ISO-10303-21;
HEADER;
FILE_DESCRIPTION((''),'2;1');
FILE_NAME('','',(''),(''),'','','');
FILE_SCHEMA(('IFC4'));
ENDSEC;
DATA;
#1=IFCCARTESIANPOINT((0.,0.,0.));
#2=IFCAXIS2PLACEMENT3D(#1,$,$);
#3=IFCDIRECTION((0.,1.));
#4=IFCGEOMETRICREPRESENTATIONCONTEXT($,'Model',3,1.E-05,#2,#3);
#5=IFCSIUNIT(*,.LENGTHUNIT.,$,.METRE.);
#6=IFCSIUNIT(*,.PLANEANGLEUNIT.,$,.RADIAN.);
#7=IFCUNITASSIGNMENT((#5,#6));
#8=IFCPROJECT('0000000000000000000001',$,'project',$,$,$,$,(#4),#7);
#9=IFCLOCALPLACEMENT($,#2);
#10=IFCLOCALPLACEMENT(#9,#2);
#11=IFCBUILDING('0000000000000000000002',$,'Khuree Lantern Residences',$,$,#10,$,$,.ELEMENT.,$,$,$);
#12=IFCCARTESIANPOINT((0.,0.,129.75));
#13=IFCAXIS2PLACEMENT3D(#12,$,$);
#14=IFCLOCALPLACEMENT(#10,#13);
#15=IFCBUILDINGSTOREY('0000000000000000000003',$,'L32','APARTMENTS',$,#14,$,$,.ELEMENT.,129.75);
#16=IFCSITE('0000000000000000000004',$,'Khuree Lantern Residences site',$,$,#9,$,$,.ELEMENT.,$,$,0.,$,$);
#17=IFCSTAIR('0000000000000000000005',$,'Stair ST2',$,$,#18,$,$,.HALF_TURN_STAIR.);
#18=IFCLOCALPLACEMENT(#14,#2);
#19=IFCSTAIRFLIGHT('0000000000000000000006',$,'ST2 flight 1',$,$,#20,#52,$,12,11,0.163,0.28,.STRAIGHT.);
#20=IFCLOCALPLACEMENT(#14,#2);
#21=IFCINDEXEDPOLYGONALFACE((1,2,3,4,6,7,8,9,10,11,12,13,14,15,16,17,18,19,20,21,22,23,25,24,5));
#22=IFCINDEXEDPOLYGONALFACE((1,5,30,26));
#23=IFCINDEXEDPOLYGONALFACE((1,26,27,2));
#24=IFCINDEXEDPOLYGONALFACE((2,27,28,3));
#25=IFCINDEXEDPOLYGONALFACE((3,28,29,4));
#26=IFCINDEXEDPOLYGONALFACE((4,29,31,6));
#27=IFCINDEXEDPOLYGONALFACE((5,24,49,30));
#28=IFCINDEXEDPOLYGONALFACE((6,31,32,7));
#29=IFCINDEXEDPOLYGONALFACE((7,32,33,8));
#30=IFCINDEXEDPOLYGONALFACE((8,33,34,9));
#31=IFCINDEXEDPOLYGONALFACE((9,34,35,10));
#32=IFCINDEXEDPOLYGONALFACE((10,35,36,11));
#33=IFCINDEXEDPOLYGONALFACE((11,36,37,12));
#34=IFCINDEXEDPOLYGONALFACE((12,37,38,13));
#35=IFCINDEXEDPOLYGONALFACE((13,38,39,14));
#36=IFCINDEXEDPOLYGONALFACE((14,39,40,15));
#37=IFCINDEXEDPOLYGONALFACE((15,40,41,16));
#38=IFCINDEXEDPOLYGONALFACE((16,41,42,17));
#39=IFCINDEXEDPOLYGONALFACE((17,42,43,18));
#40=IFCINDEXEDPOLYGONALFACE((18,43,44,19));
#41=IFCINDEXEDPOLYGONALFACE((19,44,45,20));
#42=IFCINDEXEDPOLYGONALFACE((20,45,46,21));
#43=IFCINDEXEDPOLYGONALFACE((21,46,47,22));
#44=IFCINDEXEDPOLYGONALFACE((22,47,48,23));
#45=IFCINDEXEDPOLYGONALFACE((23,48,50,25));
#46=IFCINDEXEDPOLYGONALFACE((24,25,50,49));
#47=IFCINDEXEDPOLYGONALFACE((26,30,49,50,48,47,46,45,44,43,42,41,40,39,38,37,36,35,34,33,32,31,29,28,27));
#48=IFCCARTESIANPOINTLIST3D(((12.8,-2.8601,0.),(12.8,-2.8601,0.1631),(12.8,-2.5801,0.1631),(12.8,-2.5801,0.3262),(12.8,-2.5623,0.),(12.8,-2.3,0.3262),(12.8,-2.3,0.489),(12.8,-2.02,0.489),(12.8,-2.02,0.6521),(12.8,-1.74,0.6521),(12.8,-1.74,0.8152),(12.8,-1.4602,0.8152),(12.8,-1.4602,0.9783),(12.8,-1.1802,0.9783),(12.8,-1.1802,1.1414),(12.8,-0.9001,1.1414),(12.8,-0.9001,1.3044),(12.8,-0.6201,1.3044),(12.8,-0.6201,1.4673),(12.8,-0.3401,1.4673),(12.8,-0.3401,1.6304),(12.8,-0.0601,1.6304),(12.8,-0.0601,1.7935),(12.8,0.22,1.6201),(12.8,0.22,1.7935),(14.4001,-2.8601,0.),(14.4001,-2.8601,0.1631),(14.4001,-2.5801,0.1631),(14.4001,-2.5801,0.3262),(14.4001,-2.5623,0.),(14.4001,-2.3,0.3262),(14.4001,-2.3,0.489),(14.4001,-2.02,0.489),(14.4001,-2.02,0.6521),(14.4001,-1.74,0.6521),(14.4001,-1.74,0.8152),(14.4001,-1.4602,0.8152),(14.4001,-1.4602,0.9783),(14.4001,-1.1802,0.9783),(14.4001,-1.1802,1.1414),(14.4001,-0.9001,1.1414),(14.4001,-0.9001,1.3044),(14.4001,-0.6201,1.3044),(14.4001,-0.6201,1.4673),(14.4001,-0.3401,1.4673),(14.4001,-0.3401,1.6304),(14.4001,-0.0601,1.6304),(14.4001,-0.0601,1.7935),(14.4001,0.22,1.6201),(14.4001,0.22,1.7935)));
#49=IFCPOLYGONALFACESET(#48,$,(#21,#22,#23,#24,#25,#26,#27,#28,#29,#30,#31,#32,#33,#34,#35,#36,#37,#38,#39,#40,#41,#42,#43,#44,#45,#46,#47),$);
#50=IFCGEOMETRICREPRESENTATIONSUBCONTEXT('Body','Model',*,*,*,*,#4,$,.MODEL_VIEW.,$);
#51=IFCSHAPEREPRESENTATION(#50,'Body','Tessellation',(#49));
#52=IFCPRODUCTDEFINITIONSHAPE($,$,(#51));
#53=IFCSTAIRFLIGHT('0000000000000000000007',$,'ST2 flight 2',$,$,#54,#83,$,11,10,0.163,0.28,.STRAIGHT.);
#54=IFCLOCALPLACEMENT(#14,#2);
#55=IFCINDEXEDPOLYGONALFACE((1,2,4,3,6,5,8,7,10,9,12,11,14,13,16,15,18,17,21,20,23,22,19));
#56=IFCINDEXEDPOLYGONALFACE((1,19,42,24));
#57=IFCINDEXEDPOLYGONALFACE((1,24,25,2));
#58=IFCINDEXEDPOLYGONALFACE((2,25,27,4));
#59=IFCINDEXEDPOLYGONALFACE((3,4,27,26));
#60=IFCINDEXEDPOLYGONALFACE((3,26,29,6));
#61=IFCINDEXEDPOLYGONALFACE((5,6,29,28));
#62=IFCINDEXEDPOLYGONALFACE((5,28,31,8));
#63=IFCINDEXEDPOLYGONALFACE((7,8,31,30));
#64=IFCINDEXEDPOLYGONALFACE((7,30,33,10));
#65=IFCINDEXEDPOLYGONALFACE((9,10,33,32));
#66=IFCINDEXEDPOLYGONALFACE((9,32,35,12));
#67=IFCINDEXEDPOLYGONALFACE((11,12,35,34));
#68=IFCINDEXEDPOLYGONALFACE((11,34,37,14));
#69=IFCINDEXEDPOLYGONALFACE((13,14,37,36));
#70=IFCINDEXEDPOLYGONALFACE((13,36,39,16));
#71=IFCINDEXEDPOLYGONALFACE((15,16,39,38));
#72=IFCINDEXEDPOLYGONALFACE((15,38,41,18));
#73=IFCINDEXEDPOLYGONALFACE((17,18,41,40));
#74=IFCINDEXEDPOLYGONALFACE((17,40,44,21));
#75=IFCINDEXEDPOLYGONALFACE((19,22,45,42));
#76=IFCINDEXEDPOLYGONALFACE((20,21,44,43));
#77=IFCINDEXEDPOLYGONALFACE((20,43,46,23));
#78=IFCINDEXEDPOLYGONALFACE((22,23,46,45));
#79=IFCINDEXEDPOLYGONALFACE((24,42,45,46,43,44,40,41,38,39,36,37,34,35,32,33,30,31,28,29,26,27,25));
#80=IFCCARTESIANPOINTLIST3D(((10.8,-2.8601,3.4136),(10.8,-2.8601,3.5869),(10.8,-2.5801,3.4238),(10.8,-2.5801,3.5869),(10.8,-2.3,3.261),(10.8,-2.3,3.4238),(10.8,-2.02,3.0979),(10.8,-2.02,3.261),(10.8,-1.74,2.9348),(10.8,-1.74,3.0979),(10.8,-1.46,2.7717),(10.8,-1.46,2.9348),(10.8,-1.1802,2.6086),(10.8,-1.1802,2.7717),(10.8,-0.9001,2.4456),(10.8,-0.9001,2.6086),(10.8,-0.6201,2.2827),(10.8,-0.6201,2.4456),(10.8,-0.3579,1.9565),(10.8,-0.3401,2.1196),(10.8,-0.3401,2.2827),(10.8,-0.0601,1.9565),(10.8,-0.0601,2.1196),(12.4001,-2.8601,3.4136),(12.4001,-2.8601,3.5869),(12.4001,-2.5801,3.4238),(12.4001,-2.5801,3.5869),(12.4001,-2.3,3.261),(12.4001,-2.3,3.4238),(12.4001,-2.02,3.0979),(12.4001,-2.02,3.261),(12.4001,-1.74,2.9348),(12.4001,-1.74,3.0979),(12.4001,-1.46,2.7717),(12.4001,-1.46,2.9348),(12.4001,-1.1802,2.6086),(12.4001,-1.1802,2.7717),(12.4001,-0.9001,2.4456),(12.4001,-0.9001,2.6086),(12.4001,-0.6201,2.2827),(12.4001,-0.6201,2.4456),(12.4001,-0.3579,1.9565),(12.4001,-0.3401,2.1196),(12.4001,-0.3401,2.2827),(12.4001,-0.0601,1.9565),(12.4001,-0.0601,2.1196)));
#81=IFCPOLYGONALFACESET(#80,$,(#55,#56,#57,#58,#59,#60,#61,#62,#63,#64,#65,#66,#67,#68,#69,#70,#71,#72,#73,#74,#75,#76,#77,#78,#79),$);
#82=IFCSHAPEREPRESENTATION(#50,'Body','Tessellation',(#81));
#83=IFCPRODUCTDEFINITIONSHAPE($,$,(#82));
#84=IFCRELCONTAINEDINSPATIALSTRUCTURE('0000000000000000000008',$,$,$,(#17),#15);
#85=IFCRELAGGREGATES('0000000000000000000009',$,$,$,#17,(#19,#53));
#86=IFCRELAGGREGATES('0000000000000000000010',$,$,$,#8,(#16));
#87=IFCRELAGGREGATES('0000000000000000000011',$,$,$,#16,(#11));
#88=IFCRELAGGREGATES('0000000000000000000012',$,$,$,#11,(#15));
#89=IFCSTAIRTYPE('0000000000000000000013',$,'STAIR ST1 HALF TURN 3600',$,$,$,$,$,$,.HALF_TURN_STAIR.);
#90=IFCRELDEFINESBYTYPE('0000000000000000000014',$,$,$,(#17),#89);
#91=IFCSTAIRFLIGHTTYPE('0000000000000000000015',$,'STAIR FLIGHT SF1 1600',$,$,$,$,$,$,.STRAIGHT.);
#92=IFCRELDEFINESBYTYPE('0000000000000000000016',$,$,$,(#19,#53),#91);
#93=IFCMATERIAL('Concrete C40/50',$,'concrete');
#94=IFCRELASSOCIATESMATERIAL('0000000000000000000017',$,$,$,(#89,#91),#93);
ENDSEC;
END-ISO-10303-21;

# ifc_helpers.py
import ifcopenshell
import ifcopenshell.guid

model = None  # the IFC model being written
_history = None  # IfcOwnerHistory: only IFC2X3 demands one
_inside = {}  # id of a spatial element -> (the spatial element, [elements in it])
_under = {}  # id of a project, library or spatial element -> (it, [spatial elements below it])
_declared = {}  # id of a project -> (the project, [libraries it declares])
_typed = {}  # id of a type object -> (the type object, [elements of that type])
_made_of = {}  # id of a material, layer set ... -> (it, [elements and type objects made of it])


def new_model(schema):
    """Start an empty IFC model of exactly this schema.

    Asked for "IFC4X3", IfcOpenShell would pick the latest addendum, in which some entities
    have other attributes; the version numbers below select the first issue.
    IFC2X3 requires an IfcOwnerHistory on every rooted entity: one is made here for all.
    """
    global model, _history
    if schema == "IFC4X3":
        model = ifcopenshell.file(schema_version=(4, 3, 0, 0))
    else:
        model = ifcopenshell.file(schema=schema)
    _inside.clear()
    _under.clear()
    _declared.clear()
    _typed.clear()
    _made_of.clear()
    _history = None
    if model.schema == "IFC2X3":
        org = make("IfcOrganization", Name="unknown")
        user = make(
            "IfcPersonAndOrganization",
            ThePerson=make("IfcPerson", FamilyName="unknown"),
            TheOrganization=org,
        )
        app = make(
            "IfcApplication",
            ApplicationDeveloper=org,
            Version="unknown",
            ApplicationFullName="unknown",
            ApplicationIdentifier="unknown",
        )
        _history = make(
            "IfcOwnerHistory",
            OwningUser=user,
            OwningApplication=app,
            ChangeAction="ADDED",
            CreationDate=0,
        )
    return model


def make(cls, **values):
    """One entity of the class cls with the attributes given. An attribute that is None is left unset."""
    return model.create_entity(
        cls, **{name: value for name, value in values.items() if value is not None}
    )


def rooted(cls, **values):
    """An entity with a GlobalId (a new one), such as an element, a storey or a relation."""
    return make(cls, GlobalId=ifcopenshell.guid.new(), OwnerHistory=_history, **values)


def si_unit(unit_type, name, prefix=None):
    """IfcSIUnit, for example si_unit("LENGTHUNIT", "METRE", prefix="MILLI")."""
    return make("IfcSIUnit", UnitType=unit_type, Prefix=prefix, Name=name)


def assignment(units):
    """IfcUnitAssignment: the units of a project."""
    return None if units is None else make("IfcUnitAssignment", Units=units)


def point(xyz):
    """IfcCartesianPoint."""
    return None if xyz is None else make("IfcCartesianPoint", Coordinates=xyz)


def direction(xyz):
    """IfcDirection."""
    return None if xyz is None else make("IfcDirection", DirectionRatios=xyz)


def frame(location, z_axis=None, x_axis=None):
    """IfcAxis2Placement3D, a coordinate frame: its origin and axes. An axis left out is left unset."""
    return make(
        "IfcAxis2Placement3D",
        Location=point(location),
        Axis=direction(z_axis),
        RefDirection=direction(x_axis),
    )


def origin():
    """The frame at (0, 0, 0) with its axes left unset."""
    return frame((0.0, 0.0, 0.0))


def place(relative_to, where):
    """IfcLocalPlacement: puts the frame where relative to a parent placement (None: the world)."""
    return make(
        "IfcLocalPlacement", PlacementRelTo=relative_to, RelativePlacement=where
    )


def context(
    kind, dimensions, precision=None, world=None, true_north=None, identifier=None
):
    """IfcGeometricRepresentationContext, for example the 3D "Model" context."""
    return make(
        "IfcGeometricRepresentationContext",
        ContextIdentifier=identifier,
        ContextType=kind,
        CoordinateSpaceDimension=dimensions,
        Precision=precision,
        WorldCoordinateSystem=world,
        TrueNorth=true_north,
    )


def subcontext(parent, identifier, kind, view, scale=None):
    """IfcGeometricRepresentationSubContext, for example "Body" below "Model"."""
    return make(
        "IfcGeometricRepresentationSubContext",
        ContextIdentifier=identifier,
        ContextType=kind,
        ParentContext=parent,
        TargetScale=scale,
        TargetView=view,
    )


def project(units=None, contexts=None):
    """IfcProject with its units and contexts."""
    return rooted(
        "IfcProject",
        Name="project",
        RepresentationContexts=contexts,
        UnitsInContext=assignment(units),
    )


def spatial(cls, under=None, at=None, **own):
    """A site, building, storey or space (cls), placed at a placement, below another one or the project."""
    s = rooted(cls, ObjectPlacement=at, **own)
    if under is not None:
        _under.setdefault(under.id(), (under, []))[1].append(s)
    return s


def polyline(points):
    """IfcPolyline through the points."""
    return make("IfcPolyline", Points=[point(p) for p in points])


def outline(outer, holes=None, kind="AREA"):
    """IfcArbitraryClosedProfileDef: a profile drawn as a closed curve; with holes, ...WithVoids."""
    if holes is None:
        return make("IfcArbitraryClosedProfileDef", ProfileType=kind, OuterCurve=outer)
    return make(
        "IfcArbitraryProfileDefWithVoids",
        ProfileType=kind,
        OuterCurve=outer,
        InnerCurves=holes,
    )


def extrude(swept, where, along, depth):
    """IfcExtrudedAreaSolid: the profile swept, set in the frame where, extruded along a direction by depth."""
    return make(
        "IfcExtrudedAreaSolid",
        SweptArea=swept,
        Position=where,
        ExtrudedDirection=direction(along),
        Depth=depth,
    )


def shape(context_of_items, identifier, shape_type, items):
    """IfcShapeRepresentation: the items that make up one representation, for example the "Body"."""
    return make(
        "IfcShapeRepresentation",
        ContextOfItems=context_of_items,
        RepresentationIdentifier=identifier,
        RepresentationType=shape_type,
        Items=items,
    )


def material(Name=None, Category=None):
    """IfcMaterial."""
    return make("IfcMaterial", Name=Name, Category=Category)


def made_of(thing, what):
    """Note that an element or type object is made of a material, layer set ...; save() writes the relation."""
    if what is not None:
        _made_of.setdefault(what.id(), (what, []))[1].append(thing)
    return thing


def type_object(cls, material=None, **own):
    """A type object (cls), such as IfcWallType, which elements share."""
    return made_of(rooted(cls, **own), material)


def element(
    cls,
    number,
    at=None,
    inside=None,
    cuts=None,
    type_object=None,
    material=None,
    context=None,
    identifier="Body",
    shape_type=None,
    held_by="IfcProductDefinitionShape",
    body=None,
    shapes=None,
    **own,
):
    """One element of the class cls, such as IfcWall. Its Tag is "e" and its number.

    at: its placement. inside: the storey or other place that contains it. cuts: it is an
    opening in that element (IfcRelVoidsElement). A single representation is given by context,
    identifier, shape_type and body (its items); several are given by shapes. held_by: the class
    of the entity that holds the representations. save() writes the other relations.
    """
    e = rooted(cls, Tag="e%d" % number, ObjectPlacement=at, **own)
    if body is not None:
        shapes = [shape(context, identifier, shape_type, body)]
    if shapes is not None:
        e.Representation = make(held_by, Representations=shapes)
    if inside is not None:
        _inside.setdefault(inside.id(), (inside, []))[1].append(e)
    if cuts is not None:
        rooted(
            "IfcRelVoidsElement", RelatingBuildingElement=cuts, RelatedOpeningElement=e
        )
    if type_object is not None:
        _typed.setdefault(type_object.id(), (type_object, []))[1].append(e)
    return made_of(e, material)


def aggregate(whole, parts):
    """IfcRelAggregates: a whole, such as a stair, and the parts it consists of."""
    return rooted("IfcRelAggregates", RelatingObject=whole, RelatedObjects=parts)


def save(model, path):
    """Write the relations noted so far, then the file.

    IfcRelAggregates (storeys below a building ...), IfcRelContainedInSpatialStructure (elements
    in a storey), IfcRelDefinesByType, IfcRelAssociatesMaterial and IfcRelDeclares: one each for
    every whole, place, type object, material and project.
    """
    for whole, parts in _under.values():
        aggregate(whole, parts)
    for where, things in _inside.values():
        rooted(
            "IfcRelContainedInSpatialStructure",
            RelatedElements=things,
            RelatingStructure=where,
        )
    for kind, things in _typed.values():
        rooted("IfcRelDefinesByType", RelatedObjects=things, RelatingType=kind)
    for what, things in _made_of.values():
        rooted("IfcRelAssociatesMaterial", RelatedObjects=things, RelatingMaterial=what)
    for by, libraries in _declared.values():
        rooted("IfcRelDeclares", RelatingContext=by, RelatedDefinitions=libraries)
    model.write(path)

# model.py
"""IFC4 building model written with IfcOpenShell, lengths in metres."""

from ifc_helpers import new_model, si_unit, direction, frame, origin, place, context, subcontext, project, spatial, polyline, outline, extrude, material, type_object, element, aggregate, save


model = new_model("IFC4")

# Units and contexts
model_context = context("Model", 3, precision=1e-05, world=origin(), true_north=direction((0.0, 1.0)))
body_context = subcontext(model_context, "Body", "Model", "MODEL_VIEW")
ifc_project = project(units=[si_unit("LENGTHUNIT", "METRE"), si_unit("PLANEANGLEUNIT", "RADIAN")], contexts=[model_context])

# Site, building, storey
site_placement = place(None, origin())
site = spatial("IfcSite", under=ifc_project, at=site_placement, Name="Khuree Lantern Residences site", CompositionType="ELEMENT", RefElevation=0.0)
building_placement = place(site_placement, origin())
building = spatial("IfcBuilding", under=site, at=building_placement, Name="Khuree Lantern Residences", CompositionType="ELEMENT")
storey_placement = place(building_placement, frame((0.0, 0.0, 129.75)))
storey = spatial("IfcBuildingStorey", under=building, at=storey_placement, Name="L32", Description="APARTMENTS", CompositionType="ELEMENT", Elevation=129.75)

# Stair
ifc_material_1 = material(Name="Concrete C40/50", Category="concrete")
stair_type = type_object("IfcStairType", Name="STAIR ST1 HALF TURN 3600", PredefinedType="HALF_TURN_STAIR", material=ifc_material_1)
stair_1_placement = place(storey_placement, origin())
stair_1 = element("IfcStair", 1, at=stair_1_placement, inside=storey, type_object=stair_type, Name="Stair ST2", PredefinedType="HALF_TURN_STAIR")

# Stair flights
stair_flight_type = type_object("IfcStairFlightType", Name="STAIR FLIGHT SF1 1600", PredefinedType="STRAIGHT", material=ifc_material_1)
stair_flight_1_placement = place(storey_placement, frame((13.6001, -2.8601, 0.0), z_axis=(0.0, 0.0, 1.0), x_axis=(0.0, 1.0, 0.0)))
stair_flight_1 = element("IfcStairFlight", 2, at=stair_flight_1_placement, type_object=stair_flight_type, Name="ST2 flight 1", NumberOfRisers=12, NumberOfTreads=11, PredefinedType="STRAIGHT", RiserHeight=0.163, TreadLength=0.28, context=body_context, shape_type="SweptSolid", body=[
    extrude(outline(polyline([(0.0, 0.0), (0.0, 0.1631), (0.28, 0.1631), (0.28, 0.3262), (0.5601, 0.3262), (0.5601, 0.489), (0.8401, 0.489), (0.8401, 0.6521), (1.1201, 0.6521), (1.1201, 0.8152), (1.3999, 0.8152), (1.3999, 0.9783), (1.6799, 0.9783), (1.6799, 1.1414), (1.96, 1.1414), (1.96, 1.3044), (2.24, 1.3044), (2.24, 1.4673), (2.52, 1.4673), (2.52, 1.6304), (2.8, 1.6304), (2.8, 1.7935), (3.0801, 1.7935), (3.0801, 1.9565), (3.0801, 1.6201), (0.2979, 0.0), (0.0, 0.0)])), frame((0.0, 0.8, 0.0), z_axis=(0.0, -1.0, 0.0), x_axis=(1.0, 0.0, 0.0)), (0.0, 0.0, 1.0), 1.6001),
])
stair_flight_2_placement = place(storey_placement, frame((11.6001, -0.0601, 1.9565), z_axis=(0.0, 0.0, 1.0), x_axis=(0.0, -1.0, 0.0)))
stair_flight_2 = element("IfcStairFlight", 3, at=stair_flight_2_placement, type_object=stair_flight_type, Name="ST2 flight 2", NumberOfRisers=11, NumberOfTreads=10, PredefinedType="STRAIGHT", RiserHeight=0.163, TreadLength=0.28, context=body_context, shape_type="SweptSolid", body=[
    extrude(outline(polyline([(0.0, 0.0), (0.0, 0.1631), (0.28, 0.1631), (0.28, 0.3262), (0.5601, 0.3262), (0.5601, 0.489), (0.8401, 0.489), (0.8401, 0.6521), (1.1201, 0.6521), (1.1201, 0.8152), (1.3999, 0.8152), (1.3999, 0.9783), (1.6799, 0.9783), (1.6799, 1.1414), (1.96, 1.1414), (1.96, 1.3044), (2.24, 1.3044), (2.24, 1.4673), (2.52, 1.4673), (2.52, 1.6304), (2.8, 1.6304), (2.8, 1.7935), (2.8, 1.457), (0.2979, 0.0), (0.0, 0.0)])), frame((0.0, 0.8, 0.0), z_axis=(0.0, -1.0, 0.0), x_axis=(1.0, 0.0, 0.0)), (0.0, 0.0, 1.0), 1.6001),
])
aggregate(stair_1, [stair_flight_1, stair_flight_2])

save(model, "model.ifc")
